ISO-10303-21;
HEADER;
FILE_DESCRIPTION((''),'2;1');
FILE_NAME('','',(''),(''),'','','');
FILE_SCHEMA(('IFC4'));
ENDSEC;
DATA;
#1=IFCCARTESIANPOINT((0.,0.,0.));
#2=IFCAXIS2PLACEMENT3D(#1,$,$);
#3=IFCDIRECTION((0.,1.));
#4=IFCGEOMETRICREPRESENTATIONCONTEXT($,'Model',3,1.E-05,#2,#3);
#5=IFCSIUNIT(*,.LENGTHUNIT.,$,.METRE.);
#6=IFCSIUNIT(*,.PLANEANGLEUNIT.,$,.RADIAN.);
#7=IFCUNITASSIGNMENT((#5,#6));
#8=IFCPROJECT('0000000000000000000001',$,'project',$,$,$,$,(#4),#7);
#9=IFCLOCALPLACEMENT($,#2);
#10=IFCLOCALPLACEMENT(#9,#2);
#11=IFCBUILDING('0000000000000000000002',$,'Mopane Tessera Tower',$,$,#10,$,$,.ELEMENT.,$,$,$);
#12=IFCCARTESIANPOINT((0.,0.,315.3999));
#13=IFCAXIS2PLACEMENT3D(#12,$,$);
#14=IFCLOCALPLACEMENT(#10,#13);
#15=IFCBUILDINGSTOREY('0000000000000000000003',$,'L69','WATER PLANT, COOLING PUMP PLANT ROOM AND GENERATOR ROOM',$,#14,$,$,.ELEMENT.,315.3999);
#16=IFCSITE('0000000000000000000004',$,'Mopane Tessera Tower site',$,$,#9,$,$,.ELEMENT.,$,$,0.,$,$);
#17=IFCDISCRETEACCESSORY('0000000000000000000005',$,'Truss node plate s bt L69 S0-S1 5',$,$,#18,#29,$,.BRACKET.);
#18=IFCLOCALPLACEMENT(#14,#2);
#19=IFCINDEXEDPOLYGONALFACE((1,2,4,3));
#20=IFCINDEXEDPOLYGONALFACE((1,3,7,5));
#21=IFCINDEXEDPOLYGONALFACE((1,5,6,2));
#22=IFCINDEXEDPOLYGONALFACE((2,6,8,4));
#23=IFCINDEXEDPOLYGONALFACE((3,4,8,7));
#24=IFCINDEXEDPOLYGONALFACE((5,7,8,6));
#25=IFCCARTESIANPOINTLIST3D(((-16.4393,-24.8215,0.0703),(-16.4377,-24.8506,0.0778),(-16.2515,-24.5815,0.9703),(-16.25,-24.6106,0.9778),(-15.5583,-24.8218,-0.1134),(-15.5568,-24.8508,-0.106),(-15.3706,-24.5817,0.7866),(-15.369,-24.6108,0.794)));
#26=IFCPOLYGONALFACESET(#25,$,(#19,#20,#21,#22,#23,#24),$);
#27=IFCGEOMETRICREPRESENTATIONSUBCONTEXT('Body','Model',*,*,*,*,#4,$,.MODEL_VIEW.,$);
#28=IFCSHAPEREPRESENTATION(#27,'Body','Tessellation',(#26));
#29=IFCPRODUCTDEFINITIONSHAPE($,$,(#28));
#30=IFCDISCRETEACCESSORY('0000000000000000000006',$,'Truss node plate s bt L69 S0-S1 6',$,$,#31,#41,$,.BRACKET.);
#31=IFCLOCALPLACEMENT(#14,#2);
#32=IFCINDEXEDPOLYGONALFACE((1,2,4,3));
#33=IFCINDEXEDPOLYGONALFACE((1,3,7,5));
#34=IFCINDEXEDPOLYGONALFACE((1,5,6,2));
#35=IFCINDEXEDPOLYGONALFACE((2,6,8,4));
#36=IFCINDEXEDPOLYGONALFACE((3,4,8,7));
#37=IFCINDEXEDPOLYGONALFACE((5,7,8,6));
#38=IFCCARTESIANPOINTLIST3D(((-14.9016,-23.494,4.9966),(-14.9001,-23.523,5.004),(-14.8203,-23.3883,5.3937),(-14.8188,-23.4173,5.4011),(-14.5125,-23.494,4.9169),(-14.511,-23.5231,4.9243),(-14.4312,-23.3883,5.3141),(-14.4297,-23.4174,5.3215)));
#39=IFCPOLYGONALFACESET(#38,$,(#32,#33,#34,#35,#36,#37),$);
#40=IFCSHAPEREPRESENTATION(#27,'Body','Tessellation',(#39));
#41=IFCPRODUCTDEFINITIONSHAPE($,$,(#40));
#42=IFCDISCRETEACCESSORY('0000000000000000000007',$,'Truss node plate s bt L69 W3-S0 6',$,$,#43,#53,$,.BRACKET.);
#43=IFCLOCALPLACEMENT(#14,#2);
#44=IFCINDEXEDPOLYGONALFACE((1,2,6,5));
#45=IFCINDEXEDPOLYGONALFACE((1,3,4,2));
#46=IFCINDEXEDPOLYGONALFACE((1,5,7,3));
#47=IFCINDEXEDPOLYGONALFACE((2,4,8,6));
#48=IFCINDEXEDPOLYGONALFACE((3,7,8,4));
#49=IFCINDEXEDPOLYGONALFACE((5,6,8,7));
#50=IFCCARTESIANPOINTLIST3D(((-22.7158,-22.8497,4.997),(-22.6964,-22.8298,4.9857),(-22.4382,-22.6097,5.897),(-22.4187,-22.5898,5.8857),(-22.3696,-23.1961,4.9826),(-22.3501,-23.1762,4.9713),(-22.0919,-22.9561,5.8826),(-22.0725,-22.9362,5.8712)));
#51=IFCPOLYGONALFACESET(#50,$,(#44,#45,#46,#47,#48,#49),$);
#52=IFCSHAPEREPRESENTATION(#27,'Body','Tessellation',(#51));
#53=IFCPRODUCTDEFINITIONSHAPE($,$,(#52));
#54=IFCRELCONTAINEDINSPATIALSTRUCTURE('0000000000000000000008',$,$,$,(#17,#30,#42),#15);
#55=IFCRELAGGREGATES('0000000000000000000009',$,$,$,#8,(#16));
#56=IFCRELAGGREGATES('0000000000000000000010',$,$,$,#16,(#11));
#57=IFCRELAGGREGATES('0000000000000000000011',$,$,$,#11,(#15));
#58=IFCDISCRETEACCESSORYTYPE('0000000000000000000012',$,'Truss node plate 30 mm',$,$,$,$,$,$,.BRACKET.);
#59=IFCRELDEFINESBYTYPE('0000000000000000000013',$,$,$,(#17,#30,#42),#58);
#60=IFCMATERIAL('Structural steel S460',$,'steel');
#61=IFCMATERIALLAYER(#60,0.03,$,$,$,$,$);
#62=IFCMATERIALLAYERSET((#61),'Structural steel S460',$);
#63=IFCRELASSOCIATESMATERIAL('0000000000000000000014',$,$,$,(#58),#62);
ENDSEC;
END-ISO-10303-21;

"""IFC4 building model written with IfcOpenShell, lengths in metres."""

from ifc_helpers import new_model, si_unit, direction, frame, origin, origin_2d, place, context, subcontext, project, spatial, rectangle, extrude, material, layer, layer_set, type_object, element, save


model = new_model("IFC4")

# Units and contexts
model_context = context("Model", 3, precision=1e-05, world=origin(), true_north=direction((0.0, 1.0)))
body_context = subcontext(model_context, "Body", "Model", "MODEL_VIEW")
ifc_project = project(units=[si_unit("LENGTHUNIT", "METRE"), si_unit("PLANEANGLEUNIT", "RADIAN")], contexts=[model_context])

# Site, building, storey
site_placement = place(None, origin())
site = spatial("IfcSite", under=ifc_project, at=site_placement, Name="Mopane Tessera Tower site", CompositionType="ELEMENT", RefElevation=0.0)
building_placement = place(site_placement, origin())
building = spatial("IfcBuilding", under=site, at=building_placement, Name="Mopane Tessera Tower", CompositionType="ELEMENT")
storey_placement = place(building_placement, frame((0.0, 0.0, 315.3999)))
storey = spatial("IfcBuildingStorey", under=building, at=storey_placement, Name="L69", Description="WATER PLANT, COOLING PUMP PLANT ROOM AND GENERATOR ROOM", CompositionType="ELEMENT", Elevation=315.3999)

# Discrete accessories
ifc_material_1 = material(Name="Structural steel S460", Category="steel")
ifc_layer_1 = layer(ifc_material_1, 0.03)
ifc_layer_set_1 = layer_set([ifc_layer_1], Name="Structural steel S460")
discrete_accessory_type_1 = type_object("IfcDiscreteAccessoryType", Name="Truss node plate 30 mm", PredefinedType="BRACKET", material=ifc_layer_set_1)
discrete_accessory_1_placement = place(storey_placement, frame((-15.998, -24.8362, -0.0178), z_axis=(0.197607, 0.252598, 0.947178), x_axis=(-0.051335, 0.967571, -0.247327)))
element("IfcDiscreteAccessory", 1, at=discrete_accessory_1_placement, inside=storey, type_object=discrete_accessory_type_1, Name="Truss node plate s bt L69 S0-S1 5", PredefinedType="BRACKET", context=body_context, shape_type="SweptSolid", body=[
    extrude(rectangle(XDim=0.03, YDim=0.8999, at=origin_2d()), origin(), (0.0, 0.0, 1.0), 0.9502),
])
discrete_accessory_2_placement = place(storey_placement, frame((-14.7063, -23.5085, 4.9604), z_axis=(0.194028, 0.252295, 0.947998), x_axis=(-0.050428, 0.96765, -0.247204)))
element("IfcDiscreteAccessory", 2, at=discrete_accessory_2_placement, inside=storey, type_object=discrete_accessory_type_1, Name="Truss node plate s bt L69 S0-S1 6", PredefinedType="BRACKET", context=body_context, shape_type="SweptSolid", body=[
    extrude(rectangle(XDim=0.03, YDim=0.3972, at=origin_2d()), origin(), (0.0, 0.0, 1.0), 0.4189),
])
discrete_accessory_3_placement = place(storey_placement, frame((-22.533, -23.0129, 4.9841), z_axis=(0.285631, 0.246944, 0.925977), x_axis=(0.647377, 0.662724, -0.376431)))
element("IfcDiscreteAccessory", 3, at=discrete_accessory_3_placement, inside=storey, type_object=discrete_accessory_type_1, Name="Truss node plate s bt L69 W3-S0 6", PredefinedType="BRACKET", context=body_context, shape_type="SweptSolid", body=[
    extrude(rectangle(XDim=0.03, YDim=0.49, at=origin_2d()), origin(), (0.0, 0.0, 1.0), 0.9719),
])

save(model, "model.ifc")
